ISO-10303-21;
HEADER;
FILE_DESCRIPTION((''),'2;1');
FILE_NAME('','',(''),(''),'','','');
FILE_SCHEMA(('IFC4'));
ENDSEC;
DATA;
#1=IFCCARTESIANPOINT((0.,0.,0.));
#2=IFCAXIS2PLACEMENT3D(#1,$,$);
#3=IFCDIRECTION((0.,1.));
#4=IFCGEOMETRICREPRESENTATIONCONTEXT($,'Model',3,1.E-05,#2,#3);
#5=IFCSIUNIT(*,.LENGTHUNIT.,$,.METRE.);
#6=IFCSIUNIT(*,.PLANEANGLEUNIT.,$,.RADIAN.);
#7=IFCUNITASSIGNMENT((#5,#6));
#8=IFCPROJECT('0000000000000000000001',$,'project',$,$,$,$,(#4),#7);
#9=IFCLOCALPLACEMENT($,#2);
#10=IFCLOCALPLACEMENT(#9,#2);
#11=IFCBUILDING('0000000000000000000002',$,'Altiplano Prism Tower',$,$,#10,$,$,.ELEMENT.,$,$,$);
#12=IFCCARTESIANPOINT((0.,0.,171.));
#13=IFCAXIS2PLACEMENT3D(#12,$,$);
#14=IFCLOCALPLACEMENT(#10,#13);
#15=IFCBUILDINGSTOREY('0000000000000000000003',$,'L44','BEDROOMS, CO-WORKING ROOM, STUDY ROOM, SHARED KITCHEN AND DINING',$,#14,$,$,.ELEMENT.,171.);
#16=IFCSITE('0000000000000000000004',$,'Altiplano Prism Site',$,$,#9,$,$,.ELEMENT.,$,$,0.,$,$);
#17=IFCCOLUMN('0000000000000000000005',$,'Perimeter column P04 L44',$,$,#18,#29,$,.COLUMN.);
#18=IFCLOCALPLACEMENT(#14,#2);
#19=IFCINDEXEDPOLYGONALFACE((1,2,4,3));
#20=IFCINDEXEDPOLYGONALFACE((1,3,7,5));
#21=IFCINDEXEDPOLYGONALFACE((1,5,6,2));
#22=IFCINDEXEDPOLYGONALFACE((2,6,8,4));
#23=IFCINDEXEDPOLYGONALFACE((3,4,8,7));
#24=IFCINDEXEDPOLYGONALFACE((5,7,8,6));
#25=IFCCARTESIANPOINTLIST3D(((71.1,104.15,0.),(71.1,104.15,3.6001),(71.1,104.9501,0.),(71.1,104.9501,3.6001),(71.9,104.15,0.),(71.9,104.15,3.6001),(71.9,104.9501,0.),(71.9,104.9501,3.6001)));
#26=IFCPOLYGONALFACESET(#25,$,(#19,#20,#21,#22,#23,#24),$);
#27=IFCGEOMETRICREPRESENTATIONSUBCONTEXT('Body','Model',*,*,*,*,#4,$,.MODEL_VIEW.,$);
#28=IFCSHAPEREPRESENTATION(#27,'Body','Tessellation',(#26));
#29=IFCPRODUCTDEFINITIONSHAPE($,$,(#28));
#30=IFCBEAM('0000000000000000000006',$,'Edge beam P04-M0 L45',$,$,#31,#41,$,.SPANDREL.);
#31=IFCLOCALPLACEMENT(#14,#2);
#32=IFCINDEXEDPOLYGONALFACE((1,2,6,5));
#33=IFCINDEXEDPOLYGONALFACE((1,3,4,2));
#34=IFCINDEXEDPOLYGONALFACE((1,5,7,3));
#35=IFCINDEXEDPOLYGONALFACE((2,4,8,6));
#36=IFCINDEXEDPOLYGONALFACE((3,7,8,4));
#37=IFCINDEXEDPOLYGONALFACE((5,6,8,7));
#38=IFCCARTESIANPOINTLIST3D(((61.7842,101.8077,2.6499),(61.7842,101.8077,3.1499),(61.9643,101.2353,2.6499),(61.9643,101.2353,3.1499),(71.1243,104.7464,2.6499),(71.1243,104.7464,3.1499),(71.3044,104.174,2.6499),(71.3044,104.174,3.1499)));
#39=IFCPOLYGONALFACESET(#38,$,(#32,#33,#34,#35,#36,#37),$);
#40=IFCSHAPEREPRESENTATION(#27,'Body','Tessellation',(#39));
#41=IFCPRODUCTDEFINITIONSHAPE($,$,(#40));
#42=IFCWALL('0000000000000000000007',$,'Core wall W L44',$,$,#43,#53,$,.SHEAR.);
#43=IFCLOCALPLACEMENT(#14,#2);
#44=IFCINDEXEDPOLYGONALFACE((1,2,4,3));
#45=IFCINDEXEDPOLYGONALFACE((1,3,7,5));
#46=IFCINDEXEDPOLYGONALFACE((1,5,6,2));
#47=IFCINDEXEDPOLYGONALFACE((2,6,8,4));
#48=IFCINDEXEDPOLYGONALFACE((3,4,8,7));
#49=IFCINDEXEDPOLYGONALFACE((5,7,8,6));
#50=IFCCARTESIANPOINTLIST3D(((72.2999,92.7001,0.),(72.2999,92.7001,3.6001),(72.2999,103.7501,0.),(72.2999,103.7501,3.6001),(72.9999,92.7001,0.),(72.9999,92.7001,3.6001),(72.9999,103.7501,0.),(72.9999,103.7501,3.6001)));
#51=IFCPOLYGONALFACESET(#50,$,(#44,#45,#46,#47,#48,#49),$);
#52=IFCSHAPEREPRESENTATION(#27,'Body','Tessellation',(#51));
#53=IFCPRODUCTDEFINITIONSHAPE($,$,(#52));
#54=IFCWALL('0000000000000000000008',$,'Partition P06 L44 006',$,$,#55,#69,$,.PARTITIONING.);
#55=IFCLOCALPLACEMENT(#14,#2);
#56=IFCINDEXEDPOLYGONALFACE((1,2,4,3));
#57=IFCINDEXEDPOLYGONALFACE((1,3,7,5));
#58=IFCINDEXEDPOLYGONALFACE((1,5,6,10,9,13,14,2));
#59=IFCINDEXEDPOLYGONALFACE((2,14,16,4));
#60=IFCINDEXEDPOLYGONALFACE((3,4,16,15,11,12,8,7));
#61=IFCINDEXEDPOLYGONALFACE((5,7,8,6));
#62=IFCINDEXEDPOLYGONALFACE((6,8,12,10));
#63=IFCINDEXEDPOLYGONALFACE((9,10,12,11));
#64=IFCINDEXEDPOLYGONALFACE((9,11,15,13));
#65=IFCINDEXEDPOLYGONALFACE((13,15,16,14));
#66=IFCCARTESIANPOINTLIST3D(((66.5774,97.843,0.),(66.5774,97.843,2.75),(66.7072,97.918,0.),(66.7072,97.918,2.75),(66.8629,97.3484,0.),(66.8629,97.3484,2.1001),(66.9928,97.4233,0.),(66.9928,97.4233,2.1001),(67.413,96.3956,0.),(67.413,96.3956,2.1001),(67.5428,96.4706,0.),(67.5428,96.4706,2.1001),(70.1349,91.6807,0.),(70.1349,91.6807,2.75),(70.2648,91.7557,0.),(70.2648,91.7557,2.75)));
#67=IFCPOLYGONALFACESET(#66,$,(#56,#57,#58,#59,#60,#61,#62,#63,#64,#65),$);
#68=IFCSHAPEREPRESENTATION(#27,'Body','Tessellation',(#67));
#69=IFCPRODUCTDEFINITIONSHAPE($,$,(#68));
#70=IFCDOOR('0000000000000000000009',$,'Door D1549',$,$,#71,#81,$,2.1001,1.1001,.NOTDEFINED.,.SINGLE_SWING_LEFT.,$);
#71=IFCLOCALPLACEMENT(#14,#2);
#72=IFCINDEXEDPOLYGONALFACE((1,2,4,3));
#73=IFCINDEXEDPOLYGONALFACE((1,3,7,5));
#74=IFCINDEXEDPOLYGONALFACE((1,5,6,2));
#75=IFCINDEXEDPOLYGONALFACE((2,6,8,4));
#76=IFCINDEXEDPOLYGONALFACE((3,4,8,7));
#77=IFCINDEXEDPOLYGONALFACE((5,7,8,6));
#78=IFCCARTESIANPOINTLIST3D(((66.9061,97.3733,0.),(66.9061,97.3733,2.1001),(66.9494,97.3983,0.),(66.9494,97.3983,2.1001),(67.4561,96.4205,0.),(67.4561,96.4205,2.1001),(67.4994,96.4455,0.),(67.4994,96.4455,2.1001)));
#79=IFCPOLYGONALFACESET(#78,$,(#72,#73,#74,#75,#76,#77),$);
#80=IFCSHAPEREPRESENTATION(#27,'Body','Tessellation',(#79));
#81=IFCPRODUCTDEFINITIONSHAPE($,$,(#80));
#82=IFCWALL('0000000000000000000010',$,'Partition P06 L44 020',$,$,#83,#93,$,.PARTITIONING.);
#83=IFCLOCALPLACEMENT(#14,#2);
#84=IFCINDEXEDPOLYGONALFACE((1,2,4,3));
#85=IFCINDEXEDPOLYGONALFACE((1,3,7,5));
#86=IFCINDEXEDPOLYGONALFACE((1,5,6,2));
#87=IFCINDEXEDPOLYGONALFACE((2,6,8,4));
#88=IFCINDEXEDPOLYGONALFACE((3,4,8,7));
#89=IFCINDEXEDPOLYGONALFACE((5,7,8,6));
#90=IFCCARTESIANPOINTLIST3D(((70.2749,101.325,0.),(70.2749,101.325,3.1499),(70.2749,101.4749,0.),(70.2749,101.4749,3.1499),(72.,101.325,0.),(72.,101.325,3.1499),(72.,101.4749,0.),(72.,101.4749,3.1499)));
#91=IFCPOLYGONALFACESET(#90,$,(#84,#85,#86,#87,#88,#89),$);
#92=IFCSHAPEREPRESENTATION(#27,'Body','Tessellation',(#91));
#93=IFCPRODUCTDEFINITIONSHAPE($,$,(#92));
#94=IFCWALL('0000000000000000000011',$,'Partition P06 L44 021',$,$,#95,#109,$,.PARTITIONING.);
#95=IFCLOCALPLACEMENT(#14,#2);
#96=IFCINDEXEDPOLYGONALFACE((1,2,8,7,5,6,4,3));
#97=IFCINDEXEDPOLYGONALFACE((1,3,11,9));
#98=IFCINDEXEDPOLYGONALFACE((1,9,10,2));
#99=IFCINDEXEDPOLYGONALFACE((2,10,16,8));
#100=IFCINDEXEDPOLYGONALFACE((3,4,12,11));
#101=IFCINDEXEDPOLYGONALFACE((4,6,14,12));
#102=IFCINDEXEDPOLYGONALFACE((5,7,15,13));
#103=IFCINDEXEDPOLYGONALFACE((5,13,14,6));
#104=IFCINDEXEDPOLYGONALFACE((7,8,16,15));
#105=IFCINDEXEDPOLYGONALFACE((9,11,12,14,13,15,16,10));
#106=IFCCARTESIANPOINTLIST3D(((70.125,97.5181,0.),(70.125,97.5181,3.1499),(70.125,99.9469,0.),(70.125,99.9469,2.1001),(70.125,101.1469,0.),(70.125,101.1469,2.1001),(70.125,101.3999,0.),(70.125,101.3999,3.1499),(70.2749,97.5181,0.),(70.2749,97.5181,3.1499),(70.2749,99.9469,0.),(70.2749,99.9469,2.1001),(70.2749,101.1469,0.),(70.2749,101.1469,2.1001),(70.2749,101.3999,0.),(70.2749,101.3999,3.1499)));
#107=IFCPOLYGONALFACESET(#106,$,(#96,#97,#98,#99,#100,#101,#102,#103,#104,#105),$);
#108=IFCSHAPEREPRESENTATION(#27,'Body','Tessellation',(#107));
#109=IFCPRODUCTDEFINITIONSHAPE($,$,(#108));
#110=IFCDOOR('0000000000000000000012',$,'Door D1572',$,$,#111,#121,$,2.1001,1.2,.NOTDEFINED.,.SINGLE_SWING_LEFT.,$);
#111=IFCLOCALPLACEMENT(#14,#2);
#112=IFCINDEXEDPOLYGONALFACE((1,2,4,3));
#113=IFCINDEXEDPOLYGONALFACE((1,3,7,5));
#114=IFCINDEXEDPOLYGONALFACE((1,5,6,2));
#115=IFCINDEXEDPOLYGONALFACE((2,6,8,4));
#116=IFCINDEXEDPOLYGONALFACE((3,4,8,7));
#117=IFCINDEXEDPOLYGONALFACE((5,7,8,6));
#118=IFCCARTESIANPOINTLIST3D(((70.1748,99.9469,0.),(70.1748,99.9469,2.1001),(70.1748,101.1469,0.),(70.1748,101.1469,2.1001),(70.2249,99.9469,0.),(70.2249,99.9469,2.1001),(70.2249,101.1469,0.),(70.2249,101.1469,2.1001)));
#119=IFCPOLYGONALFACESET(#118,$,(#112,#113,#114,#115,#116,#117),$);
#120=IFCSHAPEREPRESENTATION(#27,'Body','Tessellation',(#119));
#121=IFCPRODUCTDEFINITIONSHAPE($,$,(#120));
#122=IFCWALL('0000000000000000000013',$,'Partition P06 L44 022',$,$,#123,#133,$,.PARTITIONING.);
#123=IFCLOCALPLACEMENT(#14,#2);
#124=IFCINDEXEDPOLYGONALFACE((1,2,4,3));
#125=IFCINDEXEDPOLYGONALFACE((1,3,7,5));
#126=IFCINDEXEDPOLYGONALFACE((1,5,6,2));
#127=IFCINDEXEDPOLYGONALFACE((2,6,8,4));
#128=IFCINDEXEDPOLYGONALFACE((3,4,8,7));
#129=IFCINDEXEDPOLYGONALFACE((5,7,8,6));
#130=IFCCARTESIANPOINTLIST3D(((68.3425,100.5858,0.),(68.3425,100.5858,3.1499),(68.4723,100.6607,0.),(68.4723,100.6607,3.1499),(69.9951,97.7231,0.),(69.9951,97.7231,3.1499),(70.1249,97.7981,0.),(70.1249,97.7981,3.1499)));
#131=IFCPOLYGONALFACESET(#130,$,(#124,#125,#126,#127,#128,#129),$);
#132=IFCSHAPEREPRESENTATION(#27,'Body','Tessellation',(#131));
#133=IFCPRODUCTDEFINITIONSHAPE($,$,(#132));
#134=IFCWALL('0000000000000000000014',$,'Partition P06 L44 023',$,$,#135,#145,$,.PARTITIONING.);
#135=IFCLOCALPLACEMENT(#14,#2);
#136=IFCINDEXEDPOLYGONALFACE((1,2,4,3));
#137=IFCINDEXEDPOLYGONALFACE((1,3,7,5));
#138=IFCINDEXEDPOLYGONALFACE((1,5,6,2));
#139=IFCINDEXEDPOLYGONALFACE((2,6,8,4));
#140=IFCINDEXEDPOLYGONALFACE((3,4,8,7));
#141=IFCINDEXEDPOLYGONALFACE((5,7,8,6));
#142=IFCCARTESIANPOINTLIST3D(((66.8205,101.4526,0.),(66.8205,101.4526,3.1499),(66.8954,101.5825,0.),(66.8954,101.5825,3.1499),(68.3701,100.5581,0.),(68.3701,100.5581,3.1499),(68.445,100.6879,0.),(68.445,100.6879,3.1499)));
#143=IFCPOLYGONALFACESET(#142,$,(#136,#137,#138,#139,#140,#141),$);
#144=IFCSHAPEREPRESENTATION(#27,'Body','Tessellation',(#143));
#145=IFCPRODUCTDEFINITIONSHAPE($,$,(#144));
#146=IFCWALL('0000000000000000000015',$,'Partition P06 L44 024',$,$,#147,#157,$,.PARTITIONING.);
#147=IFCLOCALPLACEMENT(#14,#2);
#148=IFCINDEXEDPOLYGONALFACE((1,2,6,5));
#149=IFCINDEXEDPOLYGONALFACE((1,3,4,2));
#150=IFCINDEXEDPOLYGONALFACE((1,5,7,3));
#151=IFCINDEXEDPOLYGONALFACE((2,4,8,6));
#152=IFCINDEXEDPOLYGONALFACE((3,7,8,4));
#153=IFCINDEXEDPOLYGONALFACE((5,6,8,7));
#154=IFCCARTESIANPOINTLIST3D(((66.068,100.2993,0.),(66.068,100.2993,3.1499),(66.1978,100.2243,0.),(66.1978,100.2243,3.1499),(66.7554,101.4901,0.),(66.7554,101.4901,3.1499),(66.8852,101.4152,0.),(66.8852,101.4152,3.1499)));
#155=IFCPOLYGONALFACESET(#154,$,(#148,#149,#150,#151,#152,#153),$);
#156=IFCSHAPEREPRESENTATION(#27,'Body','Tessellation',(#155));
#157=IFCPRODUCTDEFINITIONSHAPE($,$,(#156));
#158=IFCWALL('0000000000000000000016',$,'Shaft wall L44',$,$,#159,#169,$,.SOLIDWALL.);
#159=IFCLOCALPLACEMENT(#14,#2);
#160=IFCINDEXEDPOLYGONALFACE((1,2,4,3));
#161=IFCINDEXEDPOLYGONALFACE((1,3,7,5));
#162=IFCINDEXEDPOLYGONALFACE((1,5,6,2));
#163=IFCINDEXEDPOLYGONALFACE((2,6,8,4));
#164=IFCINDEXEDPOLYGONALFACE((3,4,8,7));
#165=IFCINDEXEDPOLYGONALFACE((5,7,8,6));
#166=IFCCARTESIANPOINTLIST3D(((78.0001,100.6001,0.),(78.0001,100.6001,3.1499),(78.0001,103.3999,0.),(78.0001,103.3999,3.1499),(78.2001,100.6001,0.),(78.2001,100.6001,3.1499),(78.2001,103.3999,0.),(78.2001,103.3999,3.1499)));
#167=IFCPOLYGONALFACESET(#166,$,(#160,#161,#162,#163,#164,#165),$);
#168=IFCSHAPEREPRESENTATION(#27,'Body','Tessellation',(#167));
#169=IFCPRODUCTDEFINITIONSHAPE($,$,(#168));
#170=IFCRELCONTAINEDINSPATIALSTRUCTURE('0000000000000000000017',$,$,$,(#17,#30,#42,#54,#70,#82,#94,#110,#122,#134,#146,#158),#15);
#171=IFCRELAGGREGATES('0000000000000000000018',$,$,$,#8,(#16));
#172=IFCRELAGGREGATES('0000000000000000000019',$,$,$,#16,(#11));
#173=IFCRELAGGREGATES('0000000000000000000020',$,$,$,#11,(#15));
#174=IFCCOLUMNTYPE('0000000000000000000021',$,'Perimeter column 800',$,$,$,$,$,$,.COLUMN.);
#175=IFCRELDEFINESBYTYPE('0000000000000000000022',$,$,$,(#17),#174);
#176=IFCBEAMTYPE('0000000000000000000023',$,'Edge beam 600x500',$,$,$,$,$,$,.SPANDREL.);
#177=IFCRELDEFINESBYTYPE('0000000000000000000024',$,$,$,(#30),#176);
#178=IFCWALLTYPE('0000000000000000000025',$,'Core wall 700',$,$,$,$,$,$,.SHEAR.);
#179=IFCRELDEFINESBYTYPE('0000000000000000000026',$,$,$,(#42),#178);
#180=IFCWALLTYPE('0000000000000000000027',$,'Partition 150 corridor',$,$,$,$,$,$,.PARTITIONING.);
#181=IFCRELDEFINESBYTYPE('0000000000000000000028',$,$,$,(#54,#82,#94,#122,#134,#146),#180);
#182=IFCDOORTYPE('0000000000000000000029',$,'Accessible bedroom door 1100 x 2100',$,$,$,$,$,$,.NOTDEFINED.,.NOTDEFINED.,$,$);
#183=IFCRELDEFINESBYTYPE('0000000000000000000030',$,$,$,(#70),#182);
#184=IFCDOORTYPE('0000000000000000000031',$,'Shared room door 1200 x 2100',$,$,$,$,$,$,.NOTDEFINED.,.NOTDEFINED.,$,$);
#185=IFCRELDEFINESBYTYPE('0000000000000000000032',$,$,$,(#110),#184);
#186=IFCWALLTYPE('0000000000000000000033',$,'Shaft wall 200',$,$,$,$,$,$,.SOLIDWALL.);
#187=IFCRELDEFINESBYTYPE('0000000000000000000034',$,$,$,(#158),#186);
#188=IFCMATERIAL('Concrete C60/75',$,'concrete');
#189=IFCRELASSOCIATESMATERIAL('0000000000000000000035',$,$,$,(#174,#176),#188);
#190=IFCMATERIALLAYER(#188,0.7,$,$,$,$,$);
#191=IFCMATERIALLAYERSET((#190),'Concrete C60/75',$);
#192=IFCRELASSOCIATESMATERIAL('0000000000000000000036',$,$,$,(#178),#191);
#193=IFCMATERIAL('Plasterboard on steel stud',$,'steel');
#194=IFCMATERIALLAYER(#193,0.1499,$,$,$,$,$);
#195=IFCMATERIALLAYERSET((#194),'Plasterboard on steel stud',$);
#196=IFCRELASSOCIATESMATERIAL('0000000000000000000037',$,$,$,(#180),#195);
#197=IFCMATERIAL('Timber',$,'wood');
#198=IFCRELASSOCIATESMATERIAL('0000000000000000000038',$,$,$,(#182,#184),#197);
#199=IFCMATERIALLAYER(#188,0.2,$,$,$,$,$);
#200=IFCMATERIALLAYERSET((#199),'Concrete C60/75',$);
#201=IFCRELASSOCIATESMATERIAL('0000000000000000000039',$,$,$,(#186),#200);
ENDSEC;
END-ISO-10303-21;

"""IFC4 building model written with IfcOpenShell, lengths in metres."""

from ifc_helpers import new_model, si_unit, direction, frame, frame_2d, origin, origin_2d, place, context, subcontext, project, spatial, rectangle, extrude, material, layer, layer_set, material_profile, profile_set, type_object, element, fill, save


model = new_model("IFC4")

# Units and contexts
model_context = context("Model", 3, precision=1e-05, world=origin(), true_north=direction((0.0, 1.0)))
body_context = subcontext(model_context, "Body", "Model", "MODEL_VIEW")
ifc_project = project(units=[si_unit("LENGTHUNIT", "METRE"), si_unit("PLANEANGLEUNIT", "RADIAN")], contexts=[model_context])

# Site, building, storey
site_placement = place(None, origin())
site = spatial("IfcSite", under=ifc_project, at=site_placement, Name="Altiplano Prism Site", CompositionType="ELEMENT", RefElevation=0.0)
building_placement = place(site_placement, origin())
building = spatial("IfcBuilding", under=site, at=building_placement, Name="Altiplano Prism Tower", CompositionType="ELEMENT")
storey_placement = place(building_placement, frame((0.0, 0.0, 171.0)))
storey = spatial("IfcBuildingStorey", under=building, at=storey_placement, Name="L44", Description="BEDROOMS, CO-WORKING ROOM, STUDY ROOM, SHARED KITCHEN AND DINING", CompositionType="ELEMENT", Elevation=171.0)

# Column
ifc_material_1 = material(Name="Concrete C60/75", Category="concrete")
ifc_material_profile_1 = material_profile(ifc_material_1, rectangle(XDim=0.8, YDim=0.8, at=origin_2d()), Name="Perimeter column 800")
ifc_profile_set_1 = profile_set([ifc_material_profile_1], Name="Concrete C60/75")
column_type = type_object("IfcColumnType", Name="Perimeter column 800", PredefinedType="COLUMN", material=ifc_profile_set_1)
column_placement = place(storey_placement, frame((71.5, 104.55, 0.0), z_axis=(0.0, 0.0, 1.0), x_axis=(1.0, 0.0, 0.0)))
element("IfcColumn", 1, at=column_placement, inside=storey, type_object=column_type, Name="Perimeter column P04 L44", PredefinedType="COLUMN", context=body_context, shape_type="SweptSolid", body=[
    extrude(rectangle(XDim=0.8, YDim=0.8, at=origin_2d()), origin(), (0.0, 0.0, 1.0), 3.6001),
])

# Beam
ifc_material_profile_2 = material_profile(ifc_material_1, rectangle(XDim=0.6001, YDim=0.5, at=origin_2d()), Name="Edge beam 600x500")
ifc_profile_set_2 = profile_set([ifc_material_profile_2], Name="Concrete C60/75")
beam_type = type_object("IfcBeamType", Name="Edge beam 600x500", PredefinedType="SPANDREL", material=ifc_profile_set_2)
beam_placement = place(storey_placement, frame((71.2144, 104.4602, 2.8999), z_axis=(-0.953898, -0.30013, 0.0), x_axis=(0.30013, -0.953898, 0.0)))
element("IfcBeam", 2, at=beam_placement, inside=storey, type_object=beam_type, Name="Edge beam P04-M0 L45", PredefinedType="SPANDREL", context=body_context, shape_type="SweptSolid", body=[
    extrude(rectangle(XDim=0.6001, YDim=0.5, at=origin_2d()), origin(), (0.0, 0.0, 1.0), 9.7915),
])

# Wall
ifc_layer_1 = layer(ifc_material_1, 0.7)
ifc_layer_set_1 = layer_set([ifc_layer_1], Name="Concrete C60/75")
wall_type_1 = type_object("IfcWallType", Name="Core wall 700", PredefinedType="SHEAR", material=ifc_layer_set_1)
wall_1_placement = place(storey_placement, frame((72.6499, 103.75, 0.0), z_axis=(0.0, 0.0, 1.0), x_axis=(0.0, -1.0, 0.0)))
element("IfcWall", 3, at=wall_1_placement, inside=storey, type_object=wall_type_1, Name="Core wall W L44", PredefinedType="SHEAR", context=body_context, shape_type="SweptSolid", body=[
    extrude(rectangle(XDim=11.05, YDim=0.7, at=frame_2d((5.5249, 0.0))), origin(), (0.0, 0.0, 1.0), 3.6001),
])

# Wall, opening, door
ifc_material_2 = material(Name="Plasterboard on steel stud", Category="steel")
ifc_layer_2 = layer(ifc_material_2, 0.1499)
ifc_layer_set_2 = layer_set([ifc_layer_2], Name="Plasterboard on steel stud")
wall_type_2 = type_object("IfcWallType", Name="Partition 150 corridor", PredefinedType="PARTITIONING", material=ifc_layer_set_2)
wall_2_placement = place(storey_placement, frame((66.6423, 97.8804, 0.0), z_axis=(0.0, 0.0, 1.0), x_axis=(0.499977, -0.866039, 0.0)))
wall_2 = element("IfcWall", 4, at=wall_2_placement, inside=storey, type_object=wall_type_2, Name="Partition P06 L44 006", PredefinedType="PARTITIONING", context=body_context, shape_type="SweptSolid", body=[
    extrude(rectangle(XDim=7.1155, YDim=0.1499, at=frame_2d((3.5576, 0.0))), origin(), (0.0, 0.0, 1.0), 2.75),
])
opening_1_placement = place(wall_2_placement, frame((0.571, 0.0, 0.0)))
opening_1 = element("IfcOpeningElement", 5, at=opening_1_placement, cuts=wall_2, PredefinedType="OPENING", context=body_context, shape_type="SweptSolid", body=[
    extrude(rectangle(XDim=1.1001, YDim=2.1001, at=frame_2d((0.55, 1.05))), frame((0.0, 0.0854, 0.0), z_axis=(0.0, -1.0, 0.0), x_axis=(1.0, 0.0, 0.0)), (0.0, 0.0, 1.0), 0.1709),
])
ifc_material_3 = material(Name="Timber", Category="wood")
door_type_1 = type_object("IfcDoorType", Name="Accessible bedroom door 1100 x 2100", OperationType="NOTDEFINED", PredefinedType="NOTDEFINED", material=ifc_material_3)
door_1_placement = place(opening_1_placement, origin())
door_1 = element("IfcDoor", 6, at=door_1_placement, inside=storey, type_object=door_type_1, Name="Door D1549", OperationType="SINGLE_SWING_LEFT", OverallHeight=2.1001, OverallWidth=1.1001, PredefinedType="NOTDEFINED", context=body_context, shape_type="SweptSolid", body=[
    extrude(rectangle(XDim=1.1001, YDim=2.1001, at=frame_2d((0.55, 1.05))), frame((0.0, 0.0249, 0.0), z_axis=(0.0, -1.0, 0.0), x_axis=(1.0, 0.0, 0.0)), (0.0, 0.0, 1.0), 0.05),
])
fill(opening_1, door_1)

# Wall
wall_3_placement = place(storey_placement, frame((72.0, 101.3999, 0.0), z_axis=(0.0, 0.0, 1.0), x_axis=(-1.0, 0.0, 0.0)))
element("IfcWall", 7, at=wall_3_placement, inside=storey, type_object=wall_type_2, Name="Partition P06 L44 020", PredefinedType="PARTITIONING", context=body_context, shape_type="SweptSolid", body=[
    extrude(rectangle(XDim=1.7251, YDim=0.1499, at=frame_2d((0.8625, 0.0))), origin(), (0.0, 0.0, 1.0), 3.1499),
])

# Wall, opening, door
wall_4_placement = place(storey_placement, frame((70.2, 101.3999, 0.0), z_axis=(0.0, 0.0, 1.0), x_axis=(0.0, -1.0, 0.0)))
wall_4 = element("IfcWall", 8, at=wall_4_placement, inside=storey, type_object=wall_type_2, Name="Partition P06 L44 021", PredefinedType="PARTITIONING", context=body_context, shape_type="SweptSolid", body=[
    extrude(rectangle(XDim=3.8818, YDim=0.1499, at=frame_2d((1.9409, 0.0))), origin(), (0.0, 0.0, 1.0), 3.1499),
])
opening_2_placement = place(wall_4_placement, frame((0.2529, 0.0, 0.0)))
opening_2 = element("IfcOpeningElement", 9, at=opening_2_placement, cuts=wall_4, PredefinedType="OPENING", context=body_context, shape_type="SweptSolid", body=[
    extrude(rectangle(XDim=1.2, YDim=2.1001, at=frame_2d((0.6001, 1.05))), frame((0.0, 0.0854, 0.0), z_axis=(0.0, -1.0, 0.0), x_axis=(1.0, 0.0, 0.0)), (0.0, 0.0, 1.0), 0.1709),
])
door_type_2 = type_object("IfcDoorType", Name="Shared room door 1200 x 2100", OperationType="NOTDEFINED", PredefinedType="NOTDEFINED", material=ifc_material_3)
door_2_placement = place(opening_2_placement, origin())
door_2 = element("IfcDoor", 10, at=door_2_placement, inside=storey, type_object=door_type_2, Name="Door D1572", OperationType="SINGLE_SWING_LEFT", OverallHeight=2.1001, OverallWidth=1.2, PredefinedType="NOTDEFINED", context=body_context, shape_type="SweptSolid", body=[
    extrude(rectangle(XDim=1.2, YDim=2.1001, at=frame_2d((0.6001, 1.05))), frame((0.0, 0.0249, 0.0), z_axis=(0.0, -1.0, 0.0), x_axis=(1.0, 0.0, 0.0)), (0.0, 0.0, 1.0), 0.05),
])
fill(opening_2, door_2)

# Walls
wall_5_placement = place(storey_placement, frame((70.0601, 97.7605, 0.0), z_axis=(0.0, 0.0, 1.0), x_axis=(-0.499976, 0.866039, 0.0)))
element("IfcWall", 11, at=wall_5_placement, inside=storey, type_object=wall_type_2, Name="Partition P06 L44 022", PredefinedType="PARTITIONING", context=body_context, shape_type="SweptSolid", body=[
    extrude(rectangle(XDim=3.3054, YDim=0.1499, at=frame_2d((1.6528, 0.0))), origin(), (0.0, 0.0, 1.0), 3.1499),
])
wall_6_placement = place(storey_placement, frame((68.4075, 100.623, 0.0), z_axis=(0.0, 0.0, 1.0), x_axis=(-0.866052, 0.499955, 0.0)))
element("IfcWall", 12, at=wall_6_placement, inside=storey, type_object=wall_type_2, Name="Partition P06 L44 023", PredefinedType="PARTITIONING", context=body_context, shape_type="SweptSolid", body=[
    extrude(rectangle(XDim=1.7893, YDim=0.1499, at=frame_2d((0.8945, 0.0))), origin(), (0.0, 0.0, 1.0), 3.1499),
])
wall_7_placement = place(storey_placement, frame((66.8203, 101.4526, 0.0), z_axis=(0.0, 0.0, 1.0), x_axis=(-0.499958, -0.86605, 0.0)))
element("IfcWall", 13, at=wall_7_placement, inside=storey, type_object=wall_type_2, Name="Partition P06 L44 024", PredefinedType="PARTITIONING", context=body_context, shape_type="SweptSolid", body=[
    extrude(rectangle(XDim=1.375, YDim=0.1499, at=frame_2d((0.6875, 0.0))), origin(), (0.0, 0.0, 1.0), 3.1499),
])
ifc_layer_3 = layer(ifc_material_1, 0.2)
ifc_layer_set_3 = layer_set([ifc_layer_3], Name="Concrete C60/75")
wall_type_3 = type_object("IfcWallType", Name="Shaft wall 200", PredefinedType="SOLIDWALL", material=ifc_layer_set_3)
wall_8_placement = place(storey_placement, frame((78.1001, 100.6001, 0.0), z_axis=(0.0, 0.0, 1.0), x_axis=(0.0, 1.0, 0.0)))
element("IfcWall", 14, at=wall_8_placement, inside=storey, type_object=wall_type_3, Name="Shaft wall L44", PredefinedType="SOLIDWALL", context=body_context, shape_type="SweptSolid", body=[
    extrude(rectangle(XDim=2.7998, YDim=0.2, at=frame_2d((1.3999, 0.0))), origin(), (0.0, 0.0, 1.0), 3.1499),
])

save(model, "model.ifc")
